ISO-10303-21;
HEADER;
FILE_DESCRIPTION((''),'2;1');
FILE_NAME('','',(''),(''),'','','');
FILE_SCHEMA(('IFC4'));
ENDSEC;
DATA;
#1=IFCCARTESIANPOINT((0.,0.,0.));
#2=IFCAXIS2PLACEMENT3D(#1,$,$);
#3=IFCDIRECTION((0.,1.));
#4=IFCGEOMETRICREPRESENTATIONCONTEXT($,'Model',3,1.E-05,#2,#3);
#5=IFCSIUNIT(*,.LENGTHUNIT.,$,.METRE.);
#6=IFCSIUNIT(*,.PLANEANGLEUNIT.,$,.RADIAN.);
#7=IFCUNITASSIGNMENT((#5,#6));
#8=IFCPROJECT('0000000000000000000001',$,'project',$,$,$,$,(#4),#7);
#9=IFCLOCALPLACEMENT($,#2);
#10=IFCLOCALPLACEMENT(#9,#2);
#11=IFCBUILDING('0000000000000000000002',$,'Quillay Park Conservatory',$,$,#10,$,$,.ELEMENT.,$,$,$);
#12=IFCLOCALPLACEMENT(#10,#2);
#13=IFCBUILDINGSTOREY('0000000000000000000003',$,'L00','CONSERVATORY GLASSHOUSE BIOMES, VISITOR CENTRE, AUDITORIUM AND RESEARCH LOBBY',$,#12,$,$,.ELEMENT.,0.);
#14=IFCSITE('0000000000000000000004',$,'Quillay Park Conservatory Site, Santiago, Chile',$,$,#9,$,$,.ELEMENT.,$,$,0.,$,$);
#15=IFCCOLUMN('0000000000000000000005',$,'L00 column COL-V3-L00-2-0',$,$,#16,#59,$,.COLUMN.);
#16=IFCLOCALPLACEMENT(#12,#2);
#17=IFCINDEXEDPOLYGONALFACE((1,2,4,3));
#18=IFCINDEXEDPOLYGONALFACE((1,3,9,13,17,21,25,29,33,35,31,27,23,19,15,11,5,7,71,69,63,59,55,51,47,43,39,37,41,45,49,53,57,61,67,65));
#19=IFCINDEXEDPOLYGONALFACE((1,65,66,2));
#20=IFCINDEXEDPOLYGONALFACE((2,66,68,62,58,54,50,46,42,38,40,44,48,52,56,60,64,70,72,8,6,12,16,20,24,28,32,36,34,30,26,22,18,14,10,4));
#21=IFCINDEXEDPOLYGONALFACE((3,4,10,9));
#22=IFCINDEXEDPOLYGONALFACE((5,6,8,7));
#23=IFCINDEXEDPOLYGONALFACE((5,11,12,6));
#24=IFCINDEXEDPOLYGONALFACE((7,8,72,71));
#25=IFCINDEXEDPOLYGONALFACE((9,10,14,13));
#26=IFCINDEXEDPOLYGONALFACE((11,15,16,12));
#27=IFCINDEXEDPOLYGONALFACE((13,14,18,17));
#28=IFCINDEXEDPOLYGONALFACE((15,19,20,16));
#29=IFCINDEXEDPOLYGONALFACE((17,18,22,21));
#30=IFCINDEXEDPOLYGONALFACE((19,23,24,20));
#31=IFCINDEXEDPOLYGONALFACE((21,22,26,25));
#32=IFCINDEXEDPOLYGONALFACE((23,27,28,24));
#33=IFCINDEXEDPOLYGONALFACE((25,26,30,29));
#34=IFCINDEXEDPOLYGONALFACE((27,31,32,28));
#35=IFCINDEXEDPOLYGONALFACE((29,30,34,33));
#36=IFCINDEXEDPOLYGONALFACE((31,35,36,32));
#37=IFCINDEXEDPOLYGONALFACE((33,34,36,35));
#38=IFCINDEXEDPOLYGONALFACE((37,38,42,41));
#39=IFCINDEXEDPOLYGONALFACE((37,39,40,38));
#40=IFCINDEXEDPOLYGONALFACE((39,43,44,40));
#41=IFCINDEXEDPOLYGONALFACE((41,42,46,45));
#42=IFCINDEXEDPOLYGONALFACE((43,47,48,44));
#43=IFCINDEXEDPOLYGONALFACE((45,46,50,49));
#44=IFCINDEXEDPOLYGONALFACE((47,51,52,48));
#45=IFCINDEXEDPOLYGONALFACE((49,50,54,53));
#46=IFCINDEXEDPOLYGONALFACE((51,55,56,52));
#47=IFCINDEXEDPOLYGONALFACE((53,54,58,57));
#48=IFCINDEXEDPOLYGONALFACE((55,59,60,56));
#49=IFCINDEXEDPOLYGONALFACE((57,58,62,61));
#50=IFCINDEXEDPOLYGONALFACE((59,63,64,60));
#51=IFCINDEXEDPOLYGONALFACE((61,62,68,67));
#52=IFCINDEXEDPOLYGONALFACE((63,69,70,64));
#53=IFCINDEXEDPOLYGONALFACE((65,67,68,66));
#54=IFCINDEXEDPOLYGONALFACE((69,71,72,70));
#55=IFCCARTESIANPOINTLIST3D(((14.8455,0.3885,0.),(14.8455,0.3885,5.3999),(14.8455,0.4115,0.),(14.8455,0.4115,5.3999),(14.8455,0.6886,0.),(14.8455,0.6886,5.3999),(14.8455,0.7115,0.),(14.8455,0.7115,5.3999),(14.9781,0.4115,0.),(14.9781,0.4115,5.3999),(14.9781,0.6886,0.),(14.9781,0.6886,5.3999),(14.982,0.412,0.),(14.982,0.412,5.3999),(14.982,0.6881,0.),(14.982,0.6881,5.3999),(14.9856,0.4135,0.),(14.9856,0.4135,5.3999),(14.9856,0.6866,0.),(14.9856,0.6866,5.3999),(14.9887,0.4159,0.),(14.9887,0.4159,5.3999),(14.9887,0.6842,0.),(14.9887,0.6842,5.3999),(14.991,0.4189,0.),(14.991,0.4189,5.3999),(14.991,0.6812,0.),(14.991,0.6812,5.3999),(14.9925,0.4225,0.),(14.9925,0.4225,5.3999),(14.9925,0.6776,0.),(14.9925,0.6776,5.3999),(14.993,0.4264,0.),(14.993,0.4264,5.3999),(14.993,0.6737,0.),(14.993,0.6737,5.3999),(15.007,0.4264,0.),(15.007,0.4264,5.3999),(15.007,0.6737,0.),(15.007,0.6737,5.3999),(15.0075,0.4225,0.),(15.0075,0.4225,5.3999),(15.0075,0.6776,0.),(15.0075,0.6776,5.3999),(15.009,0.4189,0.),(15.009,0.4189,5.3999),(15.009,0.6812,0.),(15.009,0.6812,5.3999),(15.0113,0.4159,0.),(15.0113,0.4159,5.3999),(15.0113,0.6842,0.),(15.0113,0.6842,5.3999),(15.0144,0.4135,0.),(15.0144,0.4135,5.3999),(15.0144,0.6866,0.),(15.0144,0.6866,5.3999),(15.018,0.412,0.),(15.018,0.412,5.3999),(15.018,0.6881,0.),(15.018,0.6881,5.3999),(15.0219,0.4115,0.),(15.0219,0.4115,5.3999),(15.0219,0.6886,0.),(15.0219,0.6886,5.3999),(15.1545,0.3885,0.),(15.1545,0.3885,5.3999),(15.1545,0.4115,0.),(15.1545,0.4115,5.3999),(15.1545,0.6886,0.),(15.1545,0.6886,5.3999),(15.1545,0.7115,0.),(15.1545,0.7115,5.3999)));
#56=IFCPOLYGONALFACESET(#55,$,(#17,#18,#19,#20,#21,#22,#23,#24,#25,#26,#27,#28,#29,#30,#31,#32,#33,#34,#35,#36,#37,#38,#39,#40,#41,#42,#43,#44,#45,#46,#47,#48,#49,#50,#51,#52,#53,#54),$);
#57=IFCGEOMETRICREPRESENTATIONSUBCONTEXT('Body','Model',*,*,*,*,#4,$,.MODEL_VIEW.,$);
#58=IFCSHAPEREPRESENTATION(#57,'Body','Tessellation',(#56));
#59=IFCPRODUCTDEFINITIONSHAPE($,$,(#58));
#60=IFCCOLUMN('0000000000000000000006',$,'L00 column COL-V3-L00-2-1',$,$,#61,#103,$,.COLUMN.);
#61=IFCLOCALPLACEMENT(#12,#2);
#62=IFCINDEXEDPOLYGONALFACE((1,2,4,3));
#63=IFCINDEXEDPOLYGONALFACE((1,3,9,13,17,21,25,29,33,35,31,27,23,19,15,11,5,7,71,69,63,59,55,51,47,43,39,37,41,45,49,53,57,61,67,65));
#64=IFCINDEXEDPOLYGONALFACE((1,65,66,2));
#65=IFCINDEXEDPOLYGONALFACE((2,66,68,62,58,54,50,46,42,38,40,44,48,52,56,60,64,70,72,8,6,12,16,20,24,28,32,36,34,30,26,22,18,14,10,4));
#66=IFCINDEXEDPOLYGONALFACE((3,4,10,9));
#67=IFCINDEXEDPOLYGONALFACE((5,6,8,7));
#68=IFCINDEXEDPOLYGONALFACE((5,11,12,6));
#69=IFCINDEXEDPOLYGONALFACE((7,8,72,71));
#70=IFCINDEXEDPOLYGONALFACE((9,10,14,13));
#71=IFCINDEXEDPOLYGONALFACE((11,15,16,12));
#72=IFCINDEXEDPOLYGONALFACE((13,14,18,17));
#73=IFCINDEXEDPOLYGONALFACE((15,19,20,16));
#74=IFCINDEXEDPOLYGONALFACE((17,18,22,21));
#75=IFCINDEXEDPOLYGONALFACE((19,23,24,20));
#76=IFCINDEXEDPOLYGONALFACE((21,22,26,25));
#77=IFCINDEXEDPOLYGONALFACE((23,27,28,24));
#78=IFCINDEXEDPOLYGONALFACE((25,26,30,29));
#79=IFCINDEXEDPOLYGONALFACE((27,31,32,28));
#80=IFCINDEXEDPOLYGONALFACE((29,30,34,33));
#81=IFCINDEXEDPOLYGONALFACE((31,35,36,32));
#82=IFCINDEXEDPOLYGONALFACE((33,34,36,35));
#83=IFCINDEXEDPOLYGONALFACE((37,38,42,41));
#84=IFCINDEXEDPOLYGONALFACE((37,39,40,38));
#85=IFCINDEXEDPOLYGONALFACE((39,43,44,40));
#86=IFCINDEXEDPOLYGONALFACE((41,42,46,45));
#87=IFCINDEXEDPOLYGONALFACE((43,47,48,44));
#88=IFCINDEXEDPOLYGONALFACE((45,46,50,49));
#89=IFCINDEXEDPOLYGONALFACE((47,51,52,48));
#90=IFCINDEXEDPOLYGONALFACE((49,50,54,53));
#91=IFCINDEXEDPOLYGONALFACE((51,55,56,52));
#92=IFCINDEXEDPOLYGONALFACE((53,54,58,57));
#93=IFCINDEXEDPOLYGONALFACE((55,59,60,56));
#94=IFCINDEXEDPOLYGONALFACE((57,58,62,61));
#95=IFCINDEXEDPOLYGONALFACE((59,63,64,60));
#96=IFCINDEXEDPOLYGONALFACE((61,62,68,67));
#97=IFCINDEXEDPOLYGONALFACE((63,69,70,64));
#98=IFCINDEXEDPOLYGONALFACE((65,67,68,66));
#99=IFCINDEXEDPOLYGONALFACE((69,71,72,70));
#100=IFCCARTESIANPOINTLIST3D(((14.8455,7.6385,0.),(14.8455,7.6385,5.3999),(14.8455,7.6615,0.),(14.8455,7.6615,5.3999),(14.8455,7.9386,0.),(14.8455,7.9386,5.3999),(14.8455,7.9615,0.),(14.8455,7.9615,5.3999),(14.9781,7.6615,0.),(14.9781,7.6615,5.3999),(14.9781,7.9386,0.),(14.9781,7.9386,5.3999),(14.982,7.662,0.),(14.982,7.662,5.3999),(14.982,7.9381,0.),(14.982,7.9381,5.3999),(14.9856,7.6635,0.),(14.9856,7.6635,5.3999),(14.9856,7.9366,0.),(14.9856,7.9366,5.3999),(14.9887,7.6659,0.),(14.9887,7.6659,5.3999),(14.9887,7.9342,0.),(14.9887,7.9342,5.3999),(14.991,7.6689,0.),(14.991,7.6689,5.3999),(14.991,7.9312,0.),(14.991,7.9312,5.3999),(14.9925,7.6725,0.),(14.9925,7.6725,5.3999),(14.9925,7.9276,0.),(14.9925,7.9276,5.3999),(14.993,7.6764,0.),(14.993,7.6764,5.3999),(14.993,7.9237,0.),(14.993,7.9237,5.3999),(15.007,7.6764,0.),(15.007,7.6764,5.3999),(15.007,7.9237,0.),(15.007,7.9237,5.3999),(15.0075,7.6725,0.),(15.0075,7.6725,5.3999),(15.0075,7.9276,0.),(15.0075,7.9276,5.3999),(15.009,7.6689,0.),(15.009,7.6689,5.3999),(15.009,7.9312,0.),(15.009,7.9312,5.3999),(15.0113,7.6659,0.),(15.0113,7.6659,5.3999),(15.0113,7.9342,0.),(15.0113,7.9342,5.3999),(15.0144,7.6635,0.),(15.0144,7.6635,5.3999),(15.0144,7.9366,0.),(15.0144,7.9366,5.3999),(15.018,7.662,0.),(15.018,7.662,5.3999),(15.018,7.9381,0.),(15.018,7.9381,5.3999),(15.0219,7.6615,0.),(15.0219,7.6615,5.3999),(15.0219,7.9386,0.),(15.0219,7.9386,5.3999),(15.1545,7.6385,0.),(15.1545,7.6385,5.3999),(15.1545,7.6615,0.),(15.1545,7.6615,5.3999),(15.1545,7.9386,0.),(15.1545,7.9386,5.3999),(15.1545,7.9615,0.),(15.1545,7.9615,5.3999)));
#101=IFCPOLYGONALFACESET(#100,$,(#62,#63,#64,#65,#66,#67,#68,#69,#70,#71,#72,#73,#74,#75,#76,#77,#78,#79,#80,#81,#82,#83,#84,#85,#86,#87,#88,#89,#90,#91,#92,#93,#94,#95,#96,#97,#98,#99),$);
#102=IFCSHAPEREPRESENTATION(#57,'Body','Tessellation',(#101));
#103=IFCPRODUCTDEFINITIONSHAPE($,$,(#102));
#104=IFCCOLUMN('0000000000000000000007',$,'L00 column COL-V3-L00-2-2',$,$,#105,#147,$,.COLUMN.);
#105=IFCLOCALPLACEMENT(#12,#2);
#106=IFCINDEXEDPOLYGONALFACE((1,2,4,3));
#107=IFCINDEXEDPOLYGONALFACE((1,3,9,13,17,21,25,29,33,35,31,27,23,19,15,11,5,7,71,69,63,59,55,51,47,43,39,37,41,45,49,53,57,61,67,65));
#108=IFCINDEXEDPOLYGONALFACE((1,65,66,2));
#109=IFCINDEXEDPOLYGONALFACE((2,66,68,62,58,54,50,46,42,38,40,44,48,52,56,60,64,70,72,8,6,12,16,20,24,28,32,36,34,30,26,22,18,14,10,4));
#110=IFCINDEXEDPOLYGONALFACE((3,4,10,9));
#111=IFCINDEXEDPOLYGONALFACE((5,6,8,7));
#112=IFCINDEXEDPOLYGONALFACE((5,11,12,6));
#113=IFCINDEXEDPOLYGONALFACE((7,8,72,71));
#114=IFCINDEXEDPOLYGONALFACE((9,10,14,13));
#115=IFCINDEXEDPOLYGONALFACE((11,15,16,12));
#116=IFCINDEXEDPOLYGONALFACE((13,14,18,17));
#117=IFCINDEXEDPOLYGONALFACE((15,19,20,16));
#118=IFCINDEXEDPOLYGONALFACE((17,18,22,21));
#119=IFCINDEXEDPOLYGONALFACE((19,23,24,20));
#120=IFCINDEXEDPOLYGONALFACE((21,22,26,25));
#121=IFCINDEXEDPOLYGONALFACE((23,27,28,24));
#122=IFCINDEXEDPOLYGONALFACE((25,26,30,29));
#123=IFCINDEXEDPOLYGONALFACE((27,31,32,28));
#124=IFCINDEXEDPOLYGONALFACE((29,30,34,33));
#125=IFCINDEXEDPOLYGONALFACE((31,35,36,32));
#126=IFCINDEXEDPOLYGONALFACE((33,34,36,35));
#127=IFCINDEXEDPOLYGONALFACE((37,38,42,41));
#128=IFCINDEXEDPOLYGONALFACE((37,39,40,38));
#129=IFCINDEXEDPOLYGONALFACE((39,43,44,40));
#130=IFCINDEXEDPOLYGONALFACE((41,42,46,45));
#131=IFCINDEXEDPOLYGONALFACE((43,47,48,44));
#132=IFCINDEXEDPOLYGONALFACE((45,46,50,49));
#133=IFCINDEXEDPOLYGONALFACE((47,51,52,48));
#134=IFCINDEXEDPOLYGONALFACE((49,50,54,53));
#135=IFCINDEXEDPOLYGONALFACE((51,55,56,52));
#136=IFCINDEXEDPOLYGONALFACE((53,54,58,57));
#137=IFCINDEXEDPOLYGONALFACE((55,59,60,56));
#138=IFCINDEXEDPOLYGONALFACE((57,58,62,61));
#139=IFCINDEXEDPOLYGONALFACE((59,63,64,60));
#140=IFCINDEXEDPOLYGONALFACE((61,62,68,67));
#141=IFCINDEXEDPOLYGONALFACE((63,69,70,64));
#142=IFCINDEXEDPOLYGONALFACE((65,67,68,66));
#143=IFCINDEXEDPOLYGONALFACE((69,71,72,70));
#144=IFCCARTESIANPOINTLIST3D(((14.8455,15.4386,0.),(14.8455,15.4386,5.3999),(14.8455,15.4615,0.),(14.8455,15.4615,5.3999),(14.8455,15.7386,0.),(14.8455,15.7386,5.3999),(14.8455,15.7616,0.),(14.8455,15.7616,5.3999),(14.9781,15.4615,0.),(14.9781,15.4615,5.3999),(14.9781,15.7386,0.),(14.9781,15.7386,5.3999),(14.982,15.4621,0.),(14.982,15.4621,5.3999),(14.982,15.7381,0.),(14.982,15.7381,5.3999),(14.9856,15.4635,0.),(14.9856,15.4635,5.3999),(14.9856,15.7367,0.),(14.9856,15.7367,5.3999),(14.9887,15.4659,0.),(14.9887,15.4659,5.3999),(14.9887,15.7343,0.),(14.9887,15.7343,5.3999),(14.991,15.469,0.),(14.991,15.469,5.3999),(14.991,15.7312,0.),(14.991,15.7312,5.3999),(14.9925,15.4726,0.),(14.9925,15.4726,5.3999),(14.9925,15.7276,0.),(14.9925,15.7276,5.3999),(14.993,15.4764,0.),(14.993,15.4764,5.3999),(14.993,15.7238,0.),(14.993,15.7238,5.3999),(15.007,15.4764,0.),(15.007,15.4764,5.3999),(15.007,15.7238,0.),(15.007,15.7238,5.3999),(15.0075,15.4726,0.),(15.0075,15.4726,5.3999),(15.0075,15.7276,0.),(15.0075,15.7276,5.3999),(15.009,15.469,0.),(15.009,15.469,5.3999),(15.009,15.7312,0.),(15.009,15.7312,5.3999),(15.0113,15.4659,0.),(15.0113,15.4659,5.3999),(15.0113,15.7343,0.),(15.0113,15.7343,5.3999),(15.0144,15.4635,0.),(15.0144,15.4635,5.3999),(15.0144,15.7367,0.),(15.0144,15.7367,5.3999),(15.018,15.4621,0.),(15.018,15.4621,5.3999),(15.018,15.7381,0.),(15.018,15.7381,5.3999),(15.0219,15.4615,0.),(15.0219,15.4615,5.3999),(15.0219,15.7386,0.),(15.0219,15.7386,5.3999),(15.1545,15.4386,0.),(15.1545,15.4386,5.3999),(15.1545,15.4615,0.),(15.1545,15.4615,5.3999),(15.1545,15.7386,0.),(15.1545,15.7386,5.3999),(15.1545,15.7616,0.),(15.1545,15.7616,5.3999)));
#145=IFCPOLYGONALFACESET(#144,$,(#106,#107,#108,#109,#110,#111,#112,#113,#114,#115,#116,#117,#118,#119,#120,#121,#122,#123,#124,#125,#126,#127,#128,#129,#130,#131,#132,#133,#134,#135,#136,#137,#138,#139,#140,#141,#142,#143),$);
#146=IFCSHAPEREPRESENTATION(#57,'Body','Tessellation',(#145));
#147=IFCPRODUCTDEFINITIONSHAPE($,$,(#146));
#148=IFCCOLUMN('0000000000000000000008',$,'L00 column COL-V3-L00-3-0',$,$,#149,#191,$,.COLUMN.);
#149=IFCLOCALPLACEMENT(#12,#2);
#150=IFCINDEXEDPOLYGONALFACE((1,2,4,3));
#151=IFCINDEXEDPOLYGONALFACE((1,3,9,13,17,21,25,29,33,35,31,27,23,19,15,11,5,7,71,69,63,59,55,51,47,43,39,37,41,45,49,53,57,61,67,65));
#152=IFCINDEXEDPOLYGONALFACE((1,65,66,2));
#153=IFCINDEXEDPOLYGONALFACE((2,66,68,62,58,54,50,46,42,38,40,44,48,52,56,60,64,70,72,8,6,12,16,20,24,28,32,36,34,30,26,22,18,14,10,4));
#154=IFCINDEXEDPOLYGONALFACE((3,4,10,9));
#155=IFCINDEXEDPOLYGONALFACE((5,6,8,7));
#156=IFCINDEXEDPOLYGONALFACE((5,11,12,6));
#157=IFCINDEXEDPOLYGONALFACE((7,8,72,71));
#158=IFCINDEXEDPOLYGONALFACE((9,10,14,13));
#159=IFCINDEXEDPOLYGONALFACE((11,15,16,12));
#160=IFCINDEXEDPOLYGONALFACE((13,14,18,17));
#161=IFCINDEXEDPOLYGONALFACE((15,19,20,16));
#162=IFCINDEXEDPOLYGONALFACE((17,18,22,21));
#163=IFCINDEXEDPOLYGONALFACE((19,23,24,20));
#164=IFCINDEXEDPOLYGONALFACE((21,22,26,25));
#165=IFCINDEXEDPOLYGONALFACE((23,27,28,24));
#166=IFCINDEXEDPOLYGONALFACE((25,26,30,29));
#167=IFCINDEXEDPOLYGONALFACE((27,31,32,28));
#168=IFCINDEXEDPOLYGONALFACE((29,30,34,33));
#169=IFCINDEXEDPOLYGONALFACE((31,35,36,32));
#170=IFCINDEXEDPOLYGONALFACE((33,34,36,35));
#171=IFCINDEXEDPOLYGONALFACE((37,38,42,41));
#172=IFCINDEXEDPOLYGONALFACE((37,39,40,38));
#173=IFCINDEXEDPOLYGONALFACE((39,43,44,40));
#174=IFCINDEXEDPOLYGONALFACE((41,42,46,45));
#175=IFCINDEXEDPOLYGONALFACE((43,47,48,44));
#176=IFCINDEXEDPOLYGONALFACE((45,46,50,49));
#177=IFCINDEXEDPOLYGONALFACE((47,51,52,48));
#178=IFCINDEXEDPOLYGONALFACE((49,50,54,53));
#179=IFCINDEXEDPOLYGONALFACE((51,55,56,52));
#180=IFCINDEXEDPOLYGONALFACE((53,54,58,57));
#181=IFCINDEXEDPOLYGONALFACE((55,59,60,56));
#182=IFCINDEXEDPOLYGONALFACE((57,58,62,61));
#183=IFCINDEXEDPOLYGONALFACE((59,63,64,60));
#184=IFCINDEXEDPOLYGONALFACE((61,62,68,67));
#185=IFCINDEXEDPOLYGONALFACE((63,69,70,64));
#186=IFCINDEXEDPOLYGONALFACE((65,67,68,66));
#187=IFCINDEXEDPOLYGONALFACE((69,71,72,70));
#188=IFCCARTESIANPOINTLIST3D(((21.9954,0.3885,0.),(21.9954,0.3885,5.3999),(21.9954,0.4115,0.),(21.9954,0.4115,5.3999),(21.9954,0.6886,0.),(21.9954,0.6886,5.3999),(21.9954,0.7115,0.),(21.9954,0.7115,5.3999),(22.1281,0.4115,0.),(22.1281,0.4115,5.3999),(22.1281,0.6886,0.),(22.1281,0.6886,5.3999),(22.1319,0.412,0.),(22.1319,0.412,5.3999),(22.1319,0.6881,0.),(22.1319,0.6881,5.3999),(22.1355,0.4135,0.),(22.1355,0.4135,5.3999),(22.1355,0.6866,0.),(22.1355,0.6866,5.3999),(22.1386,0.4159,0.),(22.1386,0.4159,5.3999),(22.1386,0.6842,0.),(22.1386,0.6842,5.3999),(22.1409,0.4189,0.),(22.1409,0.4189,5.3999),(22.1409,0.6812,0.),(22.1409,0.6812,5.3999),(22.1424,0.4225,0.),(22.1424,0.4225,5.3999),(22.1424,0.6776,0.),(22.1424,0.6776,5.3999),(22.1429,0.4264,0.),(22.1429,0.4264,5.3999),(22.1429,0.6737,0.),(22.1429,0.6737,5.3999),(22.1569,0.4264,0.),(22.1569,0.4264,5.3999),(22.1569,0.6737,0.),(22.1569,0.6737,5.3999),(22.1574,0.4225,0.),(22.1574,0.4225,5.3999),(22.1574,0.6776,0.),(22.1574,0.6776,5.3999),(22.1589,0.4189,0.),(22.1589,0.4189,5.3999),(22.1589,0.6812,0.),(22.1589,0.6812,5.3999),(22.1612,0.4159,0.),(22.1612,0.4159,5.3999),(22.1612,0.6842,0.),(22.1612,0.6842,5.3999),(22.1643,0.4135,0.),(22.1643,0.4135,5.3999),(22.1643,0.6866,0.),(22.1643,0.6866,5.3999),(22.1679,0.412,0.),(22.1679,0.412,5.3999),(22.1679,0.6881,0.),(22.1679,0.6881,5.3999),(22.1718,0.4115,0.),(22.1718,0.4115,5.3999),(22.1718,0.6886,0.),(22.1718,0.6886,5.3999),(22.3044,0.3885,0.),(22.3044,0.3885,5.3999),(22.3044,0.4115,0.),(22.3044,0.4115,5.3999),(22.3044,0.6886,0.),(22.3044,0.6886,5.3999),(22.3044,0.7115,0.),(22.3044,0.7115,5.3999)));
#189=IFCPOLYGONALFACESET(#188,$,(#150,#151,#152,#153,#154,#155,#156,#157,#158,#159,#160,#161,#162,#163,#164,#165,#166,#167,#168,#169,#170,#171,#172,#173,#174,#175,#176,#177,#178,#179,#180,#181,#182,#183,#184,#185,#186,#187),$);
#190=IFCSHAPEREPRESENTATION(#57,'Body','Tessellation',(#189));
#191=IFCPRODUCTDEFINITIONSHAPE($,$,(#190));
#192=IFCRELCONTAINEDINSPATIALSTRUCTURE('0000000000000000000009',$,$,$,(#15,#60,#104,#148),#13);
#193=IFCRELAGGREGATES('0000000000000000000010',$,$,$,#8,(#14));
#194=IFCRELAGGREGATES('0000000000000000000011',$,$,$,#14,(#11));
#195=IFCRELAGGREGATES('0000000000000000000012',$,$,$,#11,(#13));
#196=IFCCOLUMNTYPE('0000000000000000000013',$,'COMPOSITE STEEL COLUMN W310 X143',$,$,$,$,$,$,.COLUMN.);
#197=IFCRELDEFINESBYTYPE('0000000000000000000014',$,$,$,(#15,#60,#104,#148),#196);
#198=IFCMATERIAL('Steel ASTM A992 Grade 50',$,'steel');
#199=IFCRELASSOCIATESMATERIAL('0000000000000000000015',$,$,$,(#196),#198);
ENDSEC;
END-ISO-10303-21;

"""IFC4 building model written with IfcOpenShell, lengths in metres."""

from ifc_helpers import new_model, si_unit, direction, frame, origin, origin_2d, place, context, subcontext, project, spatial, i_section, extrude, material, material_profile, profile_set, type_object, element, save


model = new_model("IFC4")

# Units and contexts
model_context = context("Model", 3, precision=1e-05, world=origin(), true_north=direction((0.0, 1.0)))
body_context = subcontext(model_context, "Body", "Model", "MODEL_VIEW")
ifc_project = project(units=[si_unit("LENGTHUNIT", "METRE"), si_unit("PLANEANGLEUNIT", "RADIAN")], contexts=[model_context])

# Site, building, storey
site_placement = place(None, origin())
site = spatial("IfcSite", under=ifc_project, at=site_placement, Name="Quillay Park Conservatory Site, Santiago, Chile", CompositionType="ELEMENT", RefElevation=0.0)
building_placement = place(site_placement, origin())
building = spatial("IfcBuilding", under=site, at=building_placement, Name="Quillay Park Conservatory", CompositionType="ELEMENT")
storey_placement = place(building_placement, origin())
storey = spatial("IfcBuildingStorey", under=building, at=storey_placement, Name="L00", Description="CONSERVATORY GLASSHOUSE BIOMES, VISITOR CENTRE, AUDITORIUM AND RESEARCH LOBBY", CompositionType="ELEMENT", Elevation=0.0)

# Columns
ifc_material_1 = material(Name="Steel ASTM A992 Grade 50", Category="steel")
ifc_material_profile_1 = material_profile(ifc_material_1, i_section(OverallWidth=0.3091, OverallDepth=0.323, WebThickness=0.0139, FlangeThickness=0.0229, FilletRadius=0.0149, at=origin_2d()), Name="W310x143")
ifc_profile_set_1 = profile_set([ifc_material_profile_1], Name="Steel ASTM A992 Grade 50")
column_type_1 = type_object("IfcColumnType", Name="COMPOSITE STEEL COLUMN W310 X143", PredefinedType="COLUMN", material=ifc_profile_set_1)
for number, where, z_axis, x_axis, name in (
    (1, (15.0, 0.55, 0.0), (0.0, 0.0, 1.0), (1.0, 0.0, 0.0), "L00 column COL-V3-L00-2-0"),
    (2, (15.0, 7.8, 0.0), (0.0, 0.0, 1.0), (1.0, 0.0, 0.0), "L00 column COL-V3-L00-2-1"),
    (3, (15.0, 15.6001, 0.0), (0.0, 0.0, 1.0), (1.0, 0.0, 0.0), "L00 column COL-V3-L00-2-2"),
    (4, (22.1499, 0.55, 0.0), (0.0, 0.0, 1.0), (1.0, 0.0, 0.0), "L00 column COL-V3-L00-3-0"),
):
    element("IfcColumn", number, at=place(storey_placement, frame(where, z_axis=z_axis, x_axis=x_axis)), inside=storey, type_object=column_type_1, Name=name, PredefinedType="COLUMN", context=body_context, shape_type="SweptSolid", body=[
        extrude(i_section(OverallWidth=0.3091, OverallDepth=0.323, WebThickness=0.0139, FlangeThickness=0.0229, FilletRadius=0.0149, at=origin_2d()), origin(), (0.0, 0.0, 1.0), 5.3999),
    ])

save(model, "model.ifc")
